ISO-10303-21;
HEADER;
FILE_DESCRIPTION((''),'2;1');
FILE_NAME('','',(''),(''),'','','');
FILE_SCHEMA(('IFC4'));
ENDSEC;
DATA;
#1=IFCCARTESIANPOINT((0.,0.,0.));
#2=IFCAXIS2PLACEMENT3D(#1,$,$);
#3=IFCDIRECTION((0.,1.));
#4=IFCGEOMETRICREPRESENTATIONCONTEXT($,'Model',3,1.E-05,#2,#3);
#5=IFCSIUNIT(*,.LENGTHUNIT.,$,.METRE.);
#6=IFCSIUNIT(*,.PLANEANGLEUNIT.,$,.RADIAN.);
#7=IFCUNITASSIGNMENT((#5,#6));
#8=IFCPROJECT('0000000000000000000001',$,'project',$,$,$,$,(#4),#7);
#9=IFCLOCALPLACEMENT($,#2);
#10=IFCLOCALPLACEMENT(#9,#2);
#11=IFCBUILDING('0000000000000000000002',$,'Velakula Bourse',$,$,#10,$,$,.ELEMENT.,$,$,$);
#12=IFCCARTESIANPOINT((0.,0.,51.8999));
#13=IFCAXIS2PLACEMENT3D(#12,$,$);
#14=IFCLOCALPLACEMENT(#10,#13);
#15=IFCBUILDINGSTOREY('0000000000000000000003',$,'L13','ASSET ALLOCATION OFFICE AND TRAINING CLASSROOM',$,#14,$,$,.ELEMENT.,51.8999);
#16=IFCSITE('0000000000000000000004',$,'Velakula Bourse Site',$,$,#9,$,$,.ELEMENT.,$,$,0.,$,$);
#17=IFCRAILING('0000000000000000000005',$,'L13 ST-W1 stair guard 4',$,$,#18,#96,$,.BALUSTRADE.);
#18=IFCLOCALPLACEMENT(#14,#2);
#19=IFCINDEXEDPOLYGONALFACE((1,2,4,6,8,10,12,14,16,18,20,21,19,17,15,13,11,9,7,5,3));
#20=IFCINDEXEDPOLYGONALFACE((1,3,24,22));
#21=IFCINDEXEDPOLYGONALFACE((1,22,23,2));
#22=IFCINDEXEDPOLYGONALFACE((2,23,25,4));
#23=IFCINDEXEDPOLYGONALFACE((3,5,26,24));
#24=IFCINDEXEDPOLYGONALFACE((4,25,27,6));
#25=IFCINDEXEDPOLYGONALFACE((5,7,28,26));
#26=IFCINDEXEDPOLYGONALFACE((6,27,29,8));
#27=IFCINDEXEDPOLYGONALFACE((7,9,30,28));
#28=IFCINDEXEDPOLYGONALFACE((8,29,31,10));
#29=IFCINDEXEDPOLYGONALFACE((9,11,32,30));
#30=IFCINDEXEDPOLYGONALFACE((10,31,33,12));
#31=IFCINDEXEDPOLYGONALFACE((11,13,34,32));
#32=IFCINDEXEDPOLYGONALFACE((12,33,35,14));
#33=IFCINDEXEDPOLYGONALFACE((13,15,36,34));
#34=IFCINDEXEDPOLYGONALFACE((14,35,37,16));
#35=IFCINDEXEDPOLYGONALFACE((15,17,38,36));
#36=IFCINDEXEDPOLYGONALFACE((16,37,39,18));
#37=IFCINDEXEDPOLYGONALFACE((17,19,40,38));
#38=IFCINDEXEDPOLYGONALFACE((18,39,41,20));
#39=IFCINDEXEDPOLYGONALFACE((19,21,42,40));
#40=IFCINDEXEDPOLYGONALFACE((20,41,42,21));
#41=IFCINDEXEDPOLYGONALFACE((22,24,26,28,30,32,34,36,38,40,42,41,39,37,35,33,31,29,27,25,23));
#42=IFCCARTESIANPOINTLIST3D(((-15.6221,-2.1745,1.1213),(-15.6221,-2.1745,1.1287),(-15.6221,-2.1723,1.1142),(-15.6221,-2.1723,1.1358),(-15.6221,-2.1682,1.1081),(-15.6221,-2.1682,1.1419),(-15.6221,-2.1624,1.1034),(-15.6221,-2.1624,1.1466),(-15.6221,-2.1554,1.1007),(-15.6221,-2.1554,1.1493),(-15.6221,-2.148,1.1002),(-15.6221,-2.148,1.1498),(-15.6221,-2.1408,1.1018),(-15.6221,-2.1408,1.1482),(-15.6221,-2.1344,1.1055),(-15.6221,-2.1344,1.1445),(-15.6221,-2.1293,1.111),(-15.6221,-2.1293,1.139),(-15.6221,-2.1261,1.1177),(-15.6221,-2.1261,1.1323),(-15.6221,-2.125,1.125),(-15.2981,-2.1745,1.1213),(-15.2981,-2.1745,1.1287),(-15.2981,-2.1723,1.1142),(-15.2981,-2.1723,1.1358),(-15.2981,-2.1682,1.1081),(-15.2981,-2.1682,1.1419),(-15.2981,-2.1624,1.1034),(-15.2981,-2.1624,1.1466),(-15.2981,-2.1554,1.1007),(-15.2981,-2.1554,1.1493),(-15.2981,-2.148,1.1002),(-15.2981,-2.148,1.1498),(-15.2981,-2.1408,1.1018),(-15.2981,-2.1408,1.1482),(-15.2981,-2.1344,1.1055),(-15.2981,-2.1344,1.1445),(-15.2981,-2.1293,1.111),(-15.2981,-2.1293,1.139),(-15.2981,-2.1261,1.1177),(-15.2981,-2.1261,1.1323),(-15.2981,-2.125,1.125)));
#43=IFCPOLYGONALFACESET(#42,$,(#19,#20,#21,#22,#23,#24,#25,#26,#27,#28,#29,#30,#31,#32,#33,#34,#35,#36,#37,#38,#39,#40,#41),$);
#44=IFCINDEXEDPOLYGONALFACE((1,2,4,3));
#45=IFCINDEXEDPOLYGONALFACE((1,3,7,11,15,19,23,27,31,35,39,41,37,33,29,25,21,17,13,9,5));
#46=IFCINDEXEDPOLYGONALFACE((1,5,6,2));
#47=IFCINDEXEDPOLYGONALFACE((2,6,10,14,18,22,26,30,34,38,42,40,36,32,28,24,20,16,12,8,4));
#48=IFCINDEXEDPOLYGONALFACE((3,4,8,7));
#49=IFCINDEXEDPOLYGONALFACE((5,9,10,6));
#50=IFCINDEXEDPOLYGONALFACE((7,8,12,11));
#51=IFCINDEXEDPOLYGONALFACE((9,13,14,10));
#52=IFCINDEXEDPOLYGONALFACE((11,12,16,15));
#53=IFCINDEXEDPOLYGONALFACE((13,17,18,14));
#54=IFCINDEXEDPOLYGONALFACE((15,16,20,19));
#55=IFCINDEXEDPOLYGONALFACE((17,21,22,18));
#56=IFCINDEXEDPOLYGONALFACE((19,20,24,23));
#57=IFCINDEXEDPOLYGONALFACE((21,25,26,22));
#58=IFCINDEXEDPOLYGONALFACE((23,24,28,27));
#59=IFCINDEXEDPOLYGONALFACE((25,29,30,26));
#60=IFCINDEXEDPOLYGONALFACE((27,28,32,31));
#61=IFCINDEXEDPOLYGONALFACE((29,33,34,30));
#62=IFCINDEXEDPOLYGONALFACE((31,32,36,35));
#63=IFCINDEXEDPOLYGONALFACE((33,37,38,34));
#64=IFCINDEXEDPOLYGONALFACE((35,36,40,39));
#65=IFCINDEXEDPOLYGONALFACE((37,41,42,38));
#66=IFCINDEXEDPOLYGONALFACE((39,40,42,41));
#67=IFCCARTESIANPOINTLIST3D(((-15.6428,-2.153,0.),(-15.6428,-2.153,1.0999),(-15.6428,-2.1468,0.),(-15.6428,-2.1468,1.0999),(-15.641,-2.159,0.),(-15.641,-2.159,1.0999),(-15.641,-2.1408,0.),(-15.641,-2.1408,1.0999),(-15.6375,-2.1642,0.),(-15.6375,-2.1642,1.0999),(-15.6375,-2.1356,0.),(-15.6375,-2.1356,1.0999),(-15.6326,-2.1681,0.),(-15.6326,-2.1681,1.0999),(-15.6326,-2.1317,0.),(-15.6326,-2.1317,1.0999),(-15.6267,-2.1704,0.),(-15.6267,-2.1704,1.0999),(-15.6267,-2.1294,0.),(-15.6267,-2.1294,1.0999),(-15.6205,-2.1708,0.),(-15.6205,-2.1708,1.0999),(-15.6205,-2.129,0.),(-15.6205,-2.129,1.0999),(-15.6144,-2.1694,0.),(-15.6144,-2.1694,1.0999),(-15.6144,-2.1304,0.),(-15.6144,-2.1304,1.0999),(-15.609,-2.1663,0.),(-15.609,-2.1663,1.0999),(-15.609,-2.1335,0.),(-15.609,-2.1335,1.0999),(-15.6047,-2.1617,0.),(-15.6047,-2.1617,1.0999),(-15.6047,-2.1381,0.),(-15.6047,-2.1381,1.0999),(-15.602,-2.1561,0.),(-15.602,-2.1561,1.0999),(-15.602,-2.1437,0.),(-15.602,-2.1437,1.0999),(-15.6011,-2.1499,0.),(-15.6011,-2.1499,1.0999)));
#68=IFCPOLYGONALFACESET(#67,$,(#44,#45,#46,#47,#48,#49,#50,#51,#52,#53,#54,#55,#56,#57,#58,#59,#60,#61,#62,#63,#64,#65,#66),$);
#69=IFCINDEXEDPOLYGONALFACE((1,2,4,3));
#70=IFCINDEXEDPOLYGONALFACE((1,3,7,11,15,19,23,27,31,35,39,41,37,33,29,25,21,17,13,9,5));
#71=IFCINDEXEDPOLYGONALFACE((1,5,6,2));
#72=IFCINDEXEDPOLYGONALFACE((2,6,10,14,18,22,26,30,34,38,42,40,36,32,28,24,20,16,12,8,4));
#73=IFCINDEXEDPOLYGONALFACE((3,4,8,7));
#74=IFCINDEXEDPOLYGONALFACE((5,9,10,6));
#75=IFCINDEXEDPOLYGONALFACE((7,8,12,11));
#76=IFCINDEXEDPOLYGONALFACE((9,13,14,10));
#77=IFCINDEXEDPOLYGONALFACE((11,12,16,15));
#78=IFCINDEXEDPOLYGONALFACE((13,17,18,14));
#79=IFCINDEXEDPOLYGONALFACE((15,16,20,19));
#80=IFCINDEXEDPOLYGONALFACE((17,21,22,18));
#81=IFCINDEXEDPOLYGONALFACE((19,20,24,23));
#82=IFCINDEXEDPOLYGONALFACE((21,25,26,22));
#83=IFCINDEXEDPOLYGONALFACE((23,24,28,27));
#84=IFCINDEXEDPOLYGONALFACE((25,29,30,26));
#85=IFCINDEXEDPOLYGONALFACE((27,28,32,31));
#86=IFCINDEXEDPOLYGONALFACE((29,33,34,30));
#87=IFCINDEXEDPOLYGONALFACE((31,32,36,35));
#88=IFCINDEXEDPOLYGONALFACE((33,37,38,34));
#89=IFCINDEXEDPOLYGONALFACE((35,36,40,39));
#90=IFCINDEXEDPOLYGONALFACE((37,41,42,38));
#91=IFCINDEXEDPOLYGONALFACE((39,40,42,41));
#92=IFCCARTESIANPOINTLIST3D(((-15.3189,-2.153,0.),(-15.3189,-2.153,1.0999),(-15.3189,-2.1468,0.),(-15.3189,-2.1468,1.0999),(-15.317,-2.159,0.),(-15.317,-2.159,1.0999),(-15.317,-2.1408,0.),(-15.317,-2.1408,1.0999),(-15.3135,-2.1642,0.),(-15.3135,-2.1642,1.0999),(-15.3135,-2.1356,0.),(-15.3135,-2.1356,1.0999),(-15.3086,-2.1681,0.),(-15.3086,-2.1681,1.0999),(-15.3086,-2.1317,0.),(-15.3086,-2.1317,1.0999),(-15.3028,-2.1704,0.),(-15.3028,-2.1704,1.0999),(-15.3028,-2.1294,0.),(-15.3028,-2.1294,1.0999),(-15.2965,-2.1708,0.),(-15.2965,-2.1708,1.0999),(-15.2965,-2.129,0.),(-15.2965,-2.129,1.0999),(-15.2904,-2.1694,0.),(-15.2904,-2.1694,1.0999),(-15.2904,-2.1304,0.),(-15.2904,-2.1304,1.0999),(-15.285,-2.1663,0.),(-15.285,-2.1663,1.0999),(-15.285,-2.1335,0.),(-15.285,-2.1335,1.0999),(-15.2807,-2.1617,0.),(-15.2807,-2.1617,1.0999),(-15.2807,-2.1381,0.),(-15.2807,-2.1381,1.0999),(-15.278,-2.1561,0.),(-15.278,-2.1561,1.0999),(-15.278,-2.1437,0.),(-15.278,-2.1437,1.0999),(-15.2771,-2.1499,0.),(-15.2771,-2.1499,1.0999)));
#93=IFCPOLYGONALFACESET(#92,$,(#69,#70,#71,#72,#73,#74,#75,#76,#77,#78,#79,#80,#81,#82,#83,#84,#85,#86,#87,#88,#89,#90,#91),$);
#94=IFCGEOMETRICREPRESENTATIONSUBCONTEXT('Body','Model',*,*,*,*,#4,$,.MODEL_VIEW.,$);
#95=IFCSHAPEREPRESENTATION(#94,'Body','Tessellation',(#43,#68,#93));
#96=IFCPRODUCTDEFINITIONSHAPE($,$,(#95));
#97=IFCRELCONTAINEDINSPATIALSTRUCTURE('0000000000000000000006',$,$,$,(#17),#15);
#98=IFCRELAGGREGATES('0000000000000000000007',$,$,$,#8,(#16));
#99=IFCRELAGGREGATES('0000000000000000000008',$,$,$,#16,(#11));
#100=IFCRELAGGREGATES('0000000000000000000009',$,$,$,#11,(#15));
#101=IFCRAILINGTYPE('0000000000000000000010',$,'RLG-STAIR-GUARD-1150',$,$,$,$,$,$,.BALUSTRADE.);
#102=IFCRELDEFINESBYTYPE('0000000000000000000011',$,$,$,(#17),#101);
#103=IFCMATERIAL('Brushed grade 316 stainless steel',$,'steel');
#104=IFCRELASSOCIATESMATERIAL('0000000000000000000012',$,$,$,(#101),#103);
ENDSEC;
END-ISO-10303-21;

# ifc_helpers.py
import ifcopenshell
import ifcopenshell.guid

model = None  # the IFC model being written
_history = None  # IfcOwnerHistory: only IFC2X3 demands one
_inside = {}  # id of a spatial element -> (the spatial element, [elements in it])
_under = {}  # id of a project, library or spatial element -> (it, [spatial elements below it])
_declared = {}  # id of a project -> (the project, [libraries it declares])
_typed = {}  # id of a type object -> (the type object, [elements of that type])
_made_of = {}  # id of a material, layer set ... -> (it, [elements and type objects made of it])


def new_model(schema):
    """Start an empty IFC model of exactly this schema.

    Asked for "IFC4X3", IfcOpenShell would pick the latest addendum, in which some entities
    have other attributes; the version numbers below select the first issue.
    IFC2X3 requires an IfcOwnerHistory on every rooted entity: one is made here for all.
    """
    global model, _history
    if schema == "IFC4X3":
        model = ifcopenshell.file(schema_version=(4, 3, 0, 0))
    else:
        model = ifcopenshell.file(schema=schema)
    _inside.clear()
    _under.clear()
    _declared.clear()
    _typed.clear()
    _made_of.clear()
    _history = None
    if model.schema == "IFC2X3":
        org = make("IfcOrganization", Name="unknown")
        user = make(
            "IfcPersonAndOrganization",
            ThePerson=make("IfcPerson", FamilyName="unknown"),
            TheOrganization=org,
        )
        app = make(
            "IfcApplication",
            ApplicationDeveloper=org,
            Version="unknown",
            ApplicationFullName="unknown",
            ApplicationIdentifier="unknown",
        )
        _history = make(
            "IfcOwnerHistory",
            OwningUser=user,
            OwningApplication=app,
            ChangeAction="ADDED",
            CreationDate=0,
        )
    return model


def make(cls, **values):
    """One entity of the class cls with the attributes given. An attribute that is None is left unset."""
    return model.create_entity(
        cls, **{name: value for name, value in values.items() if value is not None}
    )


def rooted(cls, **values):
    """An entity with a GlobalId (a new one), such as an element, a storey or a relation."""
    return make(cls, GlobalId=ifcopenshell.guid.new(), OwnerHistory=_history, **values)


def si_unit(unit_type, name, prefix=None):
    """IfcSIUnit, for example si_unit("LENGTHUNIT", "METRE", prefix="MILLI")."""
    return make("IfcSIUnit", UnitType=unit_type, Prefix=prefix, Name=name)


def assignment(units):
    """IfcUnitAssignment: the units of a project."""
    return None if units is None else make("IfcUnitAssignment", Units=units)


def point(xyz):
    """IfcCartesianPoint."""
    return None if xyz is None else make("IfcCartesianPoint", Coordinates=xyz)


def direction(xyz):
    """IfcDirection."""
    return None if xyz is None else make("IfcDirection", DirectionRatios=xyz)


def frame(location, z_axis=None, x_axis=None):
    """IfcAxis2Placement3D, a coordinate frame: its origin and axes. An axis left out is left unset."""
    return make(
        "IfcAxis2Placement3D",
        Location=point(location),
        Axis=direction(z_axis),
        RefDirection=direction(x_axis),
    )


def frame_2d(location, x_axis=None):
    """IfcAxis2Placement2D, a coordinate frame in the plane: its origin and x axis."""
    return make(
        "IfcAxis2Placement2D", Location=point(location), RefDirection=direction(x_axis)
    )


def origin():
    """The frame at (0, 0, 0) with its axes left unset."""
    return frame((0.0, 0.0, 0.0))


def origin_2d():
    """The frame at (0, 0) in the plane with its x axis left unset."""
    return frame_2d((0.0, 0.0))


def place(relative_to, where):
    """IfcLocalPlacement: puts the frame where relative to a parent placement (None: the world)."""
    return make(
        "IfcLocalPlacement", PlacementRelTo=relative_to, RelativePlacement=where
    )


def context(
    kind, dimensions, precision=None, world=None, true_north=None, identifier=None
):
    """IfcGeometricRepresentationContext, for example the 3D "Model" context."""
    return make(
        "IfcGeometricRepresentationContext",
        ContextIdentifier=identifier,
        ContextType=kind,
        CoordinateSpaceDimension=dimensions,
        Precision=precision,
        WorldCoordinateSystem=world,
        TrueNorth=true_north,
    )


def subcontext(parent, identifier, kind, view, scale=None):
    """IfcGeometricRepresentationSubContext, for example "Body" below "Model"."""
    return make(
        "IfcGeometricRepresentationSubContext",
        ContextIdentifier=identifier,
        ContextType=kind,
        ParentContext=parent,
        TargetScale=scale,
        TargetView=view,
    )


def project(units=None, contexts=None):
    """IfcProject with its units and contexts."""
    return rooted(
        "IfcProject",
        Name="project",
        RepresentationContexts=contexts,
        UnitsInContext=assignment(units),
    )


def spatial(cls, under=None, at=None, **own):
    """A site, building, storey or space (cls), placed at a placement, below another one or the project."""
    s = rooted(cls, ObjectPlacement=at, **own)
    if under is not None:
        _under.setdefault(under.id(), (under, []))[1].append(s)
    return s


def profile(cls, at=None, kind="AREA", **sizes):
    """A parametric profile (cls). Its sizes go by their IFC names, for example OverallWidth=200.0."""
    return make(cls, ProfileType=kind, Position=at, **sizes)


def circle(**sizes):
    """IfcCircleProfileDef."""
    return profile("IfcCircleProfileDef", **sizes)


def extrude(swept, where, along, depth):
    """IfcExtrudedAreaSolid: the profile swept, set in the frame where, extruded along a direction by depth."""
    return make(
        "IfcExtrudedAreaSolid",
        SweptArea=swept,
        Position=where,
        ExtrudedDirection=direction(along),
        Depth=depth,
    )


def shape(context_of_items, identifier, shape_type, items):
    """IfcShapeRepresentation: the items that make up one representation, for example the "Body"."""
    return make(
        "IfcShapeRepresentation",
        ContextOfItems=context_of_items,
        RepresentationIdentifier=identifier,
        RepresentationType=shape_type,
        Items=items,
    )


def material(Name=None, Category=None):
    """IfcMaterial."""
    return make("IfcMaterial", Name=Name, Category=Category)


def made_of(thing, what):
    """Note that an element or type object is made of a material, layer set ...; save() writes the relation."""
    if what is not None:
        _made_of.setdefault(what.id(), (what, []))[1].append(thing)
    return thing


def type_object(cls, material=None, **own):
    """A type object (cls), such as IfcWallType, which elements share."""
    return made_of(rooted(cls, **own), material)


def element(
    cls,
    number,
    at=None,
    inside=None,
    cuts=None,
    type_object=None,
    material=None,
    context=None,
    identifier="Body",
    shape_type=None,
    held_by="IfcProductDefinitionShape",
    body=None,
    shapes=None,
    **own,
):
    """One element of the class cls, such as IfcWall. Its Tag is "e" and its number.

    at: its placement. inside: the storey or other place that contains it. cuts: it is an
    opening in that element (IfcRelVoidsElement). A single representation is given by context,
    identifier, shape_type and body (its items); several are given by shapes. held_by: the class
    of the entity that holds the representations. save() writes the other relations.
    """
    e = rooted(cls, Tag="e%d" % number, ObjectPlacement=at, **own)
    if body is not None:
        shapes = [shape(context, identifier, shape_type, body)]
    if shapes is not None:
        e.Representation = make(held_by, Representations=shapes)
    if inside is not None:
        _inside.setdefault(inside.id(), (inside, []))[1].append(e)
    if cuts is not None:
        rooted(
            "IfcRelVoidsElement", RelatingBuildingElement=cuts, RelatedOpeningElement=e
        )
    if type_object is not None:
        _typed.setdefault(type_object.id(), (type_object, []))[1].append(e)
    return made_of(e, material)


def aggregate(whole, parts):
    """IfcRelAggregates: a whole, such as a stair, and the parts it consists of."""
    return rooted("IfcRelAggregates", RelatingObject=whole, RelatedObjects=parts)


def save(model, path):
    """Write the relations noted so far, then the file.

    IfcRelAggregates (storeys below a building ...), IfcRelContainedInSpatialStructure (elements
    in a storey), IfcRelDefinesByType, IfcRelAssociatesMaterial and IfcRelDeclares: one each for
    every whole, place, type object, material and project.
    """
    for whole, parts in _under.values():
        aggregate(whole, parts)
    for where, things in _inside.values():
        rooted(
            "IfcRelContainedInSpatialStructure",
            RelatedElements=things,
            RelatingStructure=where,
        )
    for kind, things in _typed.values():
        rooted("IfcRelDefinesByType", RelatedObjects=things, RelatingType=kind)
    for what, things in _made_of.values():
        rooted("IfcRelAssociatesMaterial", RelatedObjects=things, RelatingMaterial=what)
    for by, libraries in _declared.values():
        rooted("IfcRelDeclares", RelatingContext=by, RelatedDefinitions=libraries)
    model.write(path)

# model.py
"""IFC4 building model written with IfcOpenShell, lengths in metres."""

from ifc_helpers import new_model, si_unit, direction, frame, origin, origin_2d, place, context, subcontext, project, spatial, circle, extrude, material, type_object, element, save


model = new_model("IFC4")

# Units and contexts
model_context = context("Model", 3, precision=1e-05, world=origin(), true_north=direction((0.0, 1.0)))
body_context = subcontext(model_context, "Body", "Model", "MODEL_VIEW")
ifc_project = project(units=[si_unit("LENGTHUNIT", "METRE"), si_unit("PLANEANGLEUNIT", "RADIAN")], contexts=[model_context])

# Site, building, storey
site_placement = place(None, origin())
site = spatial("IfcSite", under=ifc_project, at=site_placement, Name="Velakula Bourse Site", CompositionType="ELEMENT", RefElevation=0.0)
building_placement = place(site_placement, origin())
building = spatial("IfcBuilding", under=site, at=building_placement, Name="Velakula Bourse", CompositionType="ELEMENT")
storey_placement = place(building_placement, frame((0.0, 0.0, 51.8999)))
storey = spatial("IfcBuildingStorey", under=building, at=storey_placement, Name="L13", Description="ASSET ALLOCATION OFFICE AND TRAINING CLASSROOM", CompositionType="ELEMENT", Elevation=51.8999)

# Shared definitions
ifc_material_1 = material(Name="Brushed grade 316 stainless steel", Category="steel")

# Railing
railing_type_1 = type_object("IfcRailingType", Name="RLG-STAIR-GUARD-1150", PredefinedType="BALUSTRADE", material=ifc_material_1)
railing_1_placement = place(storey_placement, frame((-15.6221, -2.1499, 0.0)))
element("IfcRailing", 1, at=railing_1_placement, inside=storey, type_object=railing_type_1, Name="L13 ST-W1 stair guard 4", PredefinedType="BALUSTRADE", context=body_context, shape_type="SweptSolid", body=[
    extrude(circle(Radius=0.0249, at=origin_2d()), frame((0.0, 0.0, 1.125), z_axis=(1.0, 0.0, 0.0), x_axis=(0.0, 1.0, 0.0)), (0.0, 0.0, 1.0), 0.324),
    extrude(circle(Radius=0.021, at=origin_2d()), origin(), (0.0, 0.0, 1.0), 1.0999),
    extrude(circle(Radius=0.021, at=origin_2d()), frame((0.324, 0.0, 0.0)), (0.0, 0.0, 1.0), 1.0999),
])

save(model, "model.ifc")
